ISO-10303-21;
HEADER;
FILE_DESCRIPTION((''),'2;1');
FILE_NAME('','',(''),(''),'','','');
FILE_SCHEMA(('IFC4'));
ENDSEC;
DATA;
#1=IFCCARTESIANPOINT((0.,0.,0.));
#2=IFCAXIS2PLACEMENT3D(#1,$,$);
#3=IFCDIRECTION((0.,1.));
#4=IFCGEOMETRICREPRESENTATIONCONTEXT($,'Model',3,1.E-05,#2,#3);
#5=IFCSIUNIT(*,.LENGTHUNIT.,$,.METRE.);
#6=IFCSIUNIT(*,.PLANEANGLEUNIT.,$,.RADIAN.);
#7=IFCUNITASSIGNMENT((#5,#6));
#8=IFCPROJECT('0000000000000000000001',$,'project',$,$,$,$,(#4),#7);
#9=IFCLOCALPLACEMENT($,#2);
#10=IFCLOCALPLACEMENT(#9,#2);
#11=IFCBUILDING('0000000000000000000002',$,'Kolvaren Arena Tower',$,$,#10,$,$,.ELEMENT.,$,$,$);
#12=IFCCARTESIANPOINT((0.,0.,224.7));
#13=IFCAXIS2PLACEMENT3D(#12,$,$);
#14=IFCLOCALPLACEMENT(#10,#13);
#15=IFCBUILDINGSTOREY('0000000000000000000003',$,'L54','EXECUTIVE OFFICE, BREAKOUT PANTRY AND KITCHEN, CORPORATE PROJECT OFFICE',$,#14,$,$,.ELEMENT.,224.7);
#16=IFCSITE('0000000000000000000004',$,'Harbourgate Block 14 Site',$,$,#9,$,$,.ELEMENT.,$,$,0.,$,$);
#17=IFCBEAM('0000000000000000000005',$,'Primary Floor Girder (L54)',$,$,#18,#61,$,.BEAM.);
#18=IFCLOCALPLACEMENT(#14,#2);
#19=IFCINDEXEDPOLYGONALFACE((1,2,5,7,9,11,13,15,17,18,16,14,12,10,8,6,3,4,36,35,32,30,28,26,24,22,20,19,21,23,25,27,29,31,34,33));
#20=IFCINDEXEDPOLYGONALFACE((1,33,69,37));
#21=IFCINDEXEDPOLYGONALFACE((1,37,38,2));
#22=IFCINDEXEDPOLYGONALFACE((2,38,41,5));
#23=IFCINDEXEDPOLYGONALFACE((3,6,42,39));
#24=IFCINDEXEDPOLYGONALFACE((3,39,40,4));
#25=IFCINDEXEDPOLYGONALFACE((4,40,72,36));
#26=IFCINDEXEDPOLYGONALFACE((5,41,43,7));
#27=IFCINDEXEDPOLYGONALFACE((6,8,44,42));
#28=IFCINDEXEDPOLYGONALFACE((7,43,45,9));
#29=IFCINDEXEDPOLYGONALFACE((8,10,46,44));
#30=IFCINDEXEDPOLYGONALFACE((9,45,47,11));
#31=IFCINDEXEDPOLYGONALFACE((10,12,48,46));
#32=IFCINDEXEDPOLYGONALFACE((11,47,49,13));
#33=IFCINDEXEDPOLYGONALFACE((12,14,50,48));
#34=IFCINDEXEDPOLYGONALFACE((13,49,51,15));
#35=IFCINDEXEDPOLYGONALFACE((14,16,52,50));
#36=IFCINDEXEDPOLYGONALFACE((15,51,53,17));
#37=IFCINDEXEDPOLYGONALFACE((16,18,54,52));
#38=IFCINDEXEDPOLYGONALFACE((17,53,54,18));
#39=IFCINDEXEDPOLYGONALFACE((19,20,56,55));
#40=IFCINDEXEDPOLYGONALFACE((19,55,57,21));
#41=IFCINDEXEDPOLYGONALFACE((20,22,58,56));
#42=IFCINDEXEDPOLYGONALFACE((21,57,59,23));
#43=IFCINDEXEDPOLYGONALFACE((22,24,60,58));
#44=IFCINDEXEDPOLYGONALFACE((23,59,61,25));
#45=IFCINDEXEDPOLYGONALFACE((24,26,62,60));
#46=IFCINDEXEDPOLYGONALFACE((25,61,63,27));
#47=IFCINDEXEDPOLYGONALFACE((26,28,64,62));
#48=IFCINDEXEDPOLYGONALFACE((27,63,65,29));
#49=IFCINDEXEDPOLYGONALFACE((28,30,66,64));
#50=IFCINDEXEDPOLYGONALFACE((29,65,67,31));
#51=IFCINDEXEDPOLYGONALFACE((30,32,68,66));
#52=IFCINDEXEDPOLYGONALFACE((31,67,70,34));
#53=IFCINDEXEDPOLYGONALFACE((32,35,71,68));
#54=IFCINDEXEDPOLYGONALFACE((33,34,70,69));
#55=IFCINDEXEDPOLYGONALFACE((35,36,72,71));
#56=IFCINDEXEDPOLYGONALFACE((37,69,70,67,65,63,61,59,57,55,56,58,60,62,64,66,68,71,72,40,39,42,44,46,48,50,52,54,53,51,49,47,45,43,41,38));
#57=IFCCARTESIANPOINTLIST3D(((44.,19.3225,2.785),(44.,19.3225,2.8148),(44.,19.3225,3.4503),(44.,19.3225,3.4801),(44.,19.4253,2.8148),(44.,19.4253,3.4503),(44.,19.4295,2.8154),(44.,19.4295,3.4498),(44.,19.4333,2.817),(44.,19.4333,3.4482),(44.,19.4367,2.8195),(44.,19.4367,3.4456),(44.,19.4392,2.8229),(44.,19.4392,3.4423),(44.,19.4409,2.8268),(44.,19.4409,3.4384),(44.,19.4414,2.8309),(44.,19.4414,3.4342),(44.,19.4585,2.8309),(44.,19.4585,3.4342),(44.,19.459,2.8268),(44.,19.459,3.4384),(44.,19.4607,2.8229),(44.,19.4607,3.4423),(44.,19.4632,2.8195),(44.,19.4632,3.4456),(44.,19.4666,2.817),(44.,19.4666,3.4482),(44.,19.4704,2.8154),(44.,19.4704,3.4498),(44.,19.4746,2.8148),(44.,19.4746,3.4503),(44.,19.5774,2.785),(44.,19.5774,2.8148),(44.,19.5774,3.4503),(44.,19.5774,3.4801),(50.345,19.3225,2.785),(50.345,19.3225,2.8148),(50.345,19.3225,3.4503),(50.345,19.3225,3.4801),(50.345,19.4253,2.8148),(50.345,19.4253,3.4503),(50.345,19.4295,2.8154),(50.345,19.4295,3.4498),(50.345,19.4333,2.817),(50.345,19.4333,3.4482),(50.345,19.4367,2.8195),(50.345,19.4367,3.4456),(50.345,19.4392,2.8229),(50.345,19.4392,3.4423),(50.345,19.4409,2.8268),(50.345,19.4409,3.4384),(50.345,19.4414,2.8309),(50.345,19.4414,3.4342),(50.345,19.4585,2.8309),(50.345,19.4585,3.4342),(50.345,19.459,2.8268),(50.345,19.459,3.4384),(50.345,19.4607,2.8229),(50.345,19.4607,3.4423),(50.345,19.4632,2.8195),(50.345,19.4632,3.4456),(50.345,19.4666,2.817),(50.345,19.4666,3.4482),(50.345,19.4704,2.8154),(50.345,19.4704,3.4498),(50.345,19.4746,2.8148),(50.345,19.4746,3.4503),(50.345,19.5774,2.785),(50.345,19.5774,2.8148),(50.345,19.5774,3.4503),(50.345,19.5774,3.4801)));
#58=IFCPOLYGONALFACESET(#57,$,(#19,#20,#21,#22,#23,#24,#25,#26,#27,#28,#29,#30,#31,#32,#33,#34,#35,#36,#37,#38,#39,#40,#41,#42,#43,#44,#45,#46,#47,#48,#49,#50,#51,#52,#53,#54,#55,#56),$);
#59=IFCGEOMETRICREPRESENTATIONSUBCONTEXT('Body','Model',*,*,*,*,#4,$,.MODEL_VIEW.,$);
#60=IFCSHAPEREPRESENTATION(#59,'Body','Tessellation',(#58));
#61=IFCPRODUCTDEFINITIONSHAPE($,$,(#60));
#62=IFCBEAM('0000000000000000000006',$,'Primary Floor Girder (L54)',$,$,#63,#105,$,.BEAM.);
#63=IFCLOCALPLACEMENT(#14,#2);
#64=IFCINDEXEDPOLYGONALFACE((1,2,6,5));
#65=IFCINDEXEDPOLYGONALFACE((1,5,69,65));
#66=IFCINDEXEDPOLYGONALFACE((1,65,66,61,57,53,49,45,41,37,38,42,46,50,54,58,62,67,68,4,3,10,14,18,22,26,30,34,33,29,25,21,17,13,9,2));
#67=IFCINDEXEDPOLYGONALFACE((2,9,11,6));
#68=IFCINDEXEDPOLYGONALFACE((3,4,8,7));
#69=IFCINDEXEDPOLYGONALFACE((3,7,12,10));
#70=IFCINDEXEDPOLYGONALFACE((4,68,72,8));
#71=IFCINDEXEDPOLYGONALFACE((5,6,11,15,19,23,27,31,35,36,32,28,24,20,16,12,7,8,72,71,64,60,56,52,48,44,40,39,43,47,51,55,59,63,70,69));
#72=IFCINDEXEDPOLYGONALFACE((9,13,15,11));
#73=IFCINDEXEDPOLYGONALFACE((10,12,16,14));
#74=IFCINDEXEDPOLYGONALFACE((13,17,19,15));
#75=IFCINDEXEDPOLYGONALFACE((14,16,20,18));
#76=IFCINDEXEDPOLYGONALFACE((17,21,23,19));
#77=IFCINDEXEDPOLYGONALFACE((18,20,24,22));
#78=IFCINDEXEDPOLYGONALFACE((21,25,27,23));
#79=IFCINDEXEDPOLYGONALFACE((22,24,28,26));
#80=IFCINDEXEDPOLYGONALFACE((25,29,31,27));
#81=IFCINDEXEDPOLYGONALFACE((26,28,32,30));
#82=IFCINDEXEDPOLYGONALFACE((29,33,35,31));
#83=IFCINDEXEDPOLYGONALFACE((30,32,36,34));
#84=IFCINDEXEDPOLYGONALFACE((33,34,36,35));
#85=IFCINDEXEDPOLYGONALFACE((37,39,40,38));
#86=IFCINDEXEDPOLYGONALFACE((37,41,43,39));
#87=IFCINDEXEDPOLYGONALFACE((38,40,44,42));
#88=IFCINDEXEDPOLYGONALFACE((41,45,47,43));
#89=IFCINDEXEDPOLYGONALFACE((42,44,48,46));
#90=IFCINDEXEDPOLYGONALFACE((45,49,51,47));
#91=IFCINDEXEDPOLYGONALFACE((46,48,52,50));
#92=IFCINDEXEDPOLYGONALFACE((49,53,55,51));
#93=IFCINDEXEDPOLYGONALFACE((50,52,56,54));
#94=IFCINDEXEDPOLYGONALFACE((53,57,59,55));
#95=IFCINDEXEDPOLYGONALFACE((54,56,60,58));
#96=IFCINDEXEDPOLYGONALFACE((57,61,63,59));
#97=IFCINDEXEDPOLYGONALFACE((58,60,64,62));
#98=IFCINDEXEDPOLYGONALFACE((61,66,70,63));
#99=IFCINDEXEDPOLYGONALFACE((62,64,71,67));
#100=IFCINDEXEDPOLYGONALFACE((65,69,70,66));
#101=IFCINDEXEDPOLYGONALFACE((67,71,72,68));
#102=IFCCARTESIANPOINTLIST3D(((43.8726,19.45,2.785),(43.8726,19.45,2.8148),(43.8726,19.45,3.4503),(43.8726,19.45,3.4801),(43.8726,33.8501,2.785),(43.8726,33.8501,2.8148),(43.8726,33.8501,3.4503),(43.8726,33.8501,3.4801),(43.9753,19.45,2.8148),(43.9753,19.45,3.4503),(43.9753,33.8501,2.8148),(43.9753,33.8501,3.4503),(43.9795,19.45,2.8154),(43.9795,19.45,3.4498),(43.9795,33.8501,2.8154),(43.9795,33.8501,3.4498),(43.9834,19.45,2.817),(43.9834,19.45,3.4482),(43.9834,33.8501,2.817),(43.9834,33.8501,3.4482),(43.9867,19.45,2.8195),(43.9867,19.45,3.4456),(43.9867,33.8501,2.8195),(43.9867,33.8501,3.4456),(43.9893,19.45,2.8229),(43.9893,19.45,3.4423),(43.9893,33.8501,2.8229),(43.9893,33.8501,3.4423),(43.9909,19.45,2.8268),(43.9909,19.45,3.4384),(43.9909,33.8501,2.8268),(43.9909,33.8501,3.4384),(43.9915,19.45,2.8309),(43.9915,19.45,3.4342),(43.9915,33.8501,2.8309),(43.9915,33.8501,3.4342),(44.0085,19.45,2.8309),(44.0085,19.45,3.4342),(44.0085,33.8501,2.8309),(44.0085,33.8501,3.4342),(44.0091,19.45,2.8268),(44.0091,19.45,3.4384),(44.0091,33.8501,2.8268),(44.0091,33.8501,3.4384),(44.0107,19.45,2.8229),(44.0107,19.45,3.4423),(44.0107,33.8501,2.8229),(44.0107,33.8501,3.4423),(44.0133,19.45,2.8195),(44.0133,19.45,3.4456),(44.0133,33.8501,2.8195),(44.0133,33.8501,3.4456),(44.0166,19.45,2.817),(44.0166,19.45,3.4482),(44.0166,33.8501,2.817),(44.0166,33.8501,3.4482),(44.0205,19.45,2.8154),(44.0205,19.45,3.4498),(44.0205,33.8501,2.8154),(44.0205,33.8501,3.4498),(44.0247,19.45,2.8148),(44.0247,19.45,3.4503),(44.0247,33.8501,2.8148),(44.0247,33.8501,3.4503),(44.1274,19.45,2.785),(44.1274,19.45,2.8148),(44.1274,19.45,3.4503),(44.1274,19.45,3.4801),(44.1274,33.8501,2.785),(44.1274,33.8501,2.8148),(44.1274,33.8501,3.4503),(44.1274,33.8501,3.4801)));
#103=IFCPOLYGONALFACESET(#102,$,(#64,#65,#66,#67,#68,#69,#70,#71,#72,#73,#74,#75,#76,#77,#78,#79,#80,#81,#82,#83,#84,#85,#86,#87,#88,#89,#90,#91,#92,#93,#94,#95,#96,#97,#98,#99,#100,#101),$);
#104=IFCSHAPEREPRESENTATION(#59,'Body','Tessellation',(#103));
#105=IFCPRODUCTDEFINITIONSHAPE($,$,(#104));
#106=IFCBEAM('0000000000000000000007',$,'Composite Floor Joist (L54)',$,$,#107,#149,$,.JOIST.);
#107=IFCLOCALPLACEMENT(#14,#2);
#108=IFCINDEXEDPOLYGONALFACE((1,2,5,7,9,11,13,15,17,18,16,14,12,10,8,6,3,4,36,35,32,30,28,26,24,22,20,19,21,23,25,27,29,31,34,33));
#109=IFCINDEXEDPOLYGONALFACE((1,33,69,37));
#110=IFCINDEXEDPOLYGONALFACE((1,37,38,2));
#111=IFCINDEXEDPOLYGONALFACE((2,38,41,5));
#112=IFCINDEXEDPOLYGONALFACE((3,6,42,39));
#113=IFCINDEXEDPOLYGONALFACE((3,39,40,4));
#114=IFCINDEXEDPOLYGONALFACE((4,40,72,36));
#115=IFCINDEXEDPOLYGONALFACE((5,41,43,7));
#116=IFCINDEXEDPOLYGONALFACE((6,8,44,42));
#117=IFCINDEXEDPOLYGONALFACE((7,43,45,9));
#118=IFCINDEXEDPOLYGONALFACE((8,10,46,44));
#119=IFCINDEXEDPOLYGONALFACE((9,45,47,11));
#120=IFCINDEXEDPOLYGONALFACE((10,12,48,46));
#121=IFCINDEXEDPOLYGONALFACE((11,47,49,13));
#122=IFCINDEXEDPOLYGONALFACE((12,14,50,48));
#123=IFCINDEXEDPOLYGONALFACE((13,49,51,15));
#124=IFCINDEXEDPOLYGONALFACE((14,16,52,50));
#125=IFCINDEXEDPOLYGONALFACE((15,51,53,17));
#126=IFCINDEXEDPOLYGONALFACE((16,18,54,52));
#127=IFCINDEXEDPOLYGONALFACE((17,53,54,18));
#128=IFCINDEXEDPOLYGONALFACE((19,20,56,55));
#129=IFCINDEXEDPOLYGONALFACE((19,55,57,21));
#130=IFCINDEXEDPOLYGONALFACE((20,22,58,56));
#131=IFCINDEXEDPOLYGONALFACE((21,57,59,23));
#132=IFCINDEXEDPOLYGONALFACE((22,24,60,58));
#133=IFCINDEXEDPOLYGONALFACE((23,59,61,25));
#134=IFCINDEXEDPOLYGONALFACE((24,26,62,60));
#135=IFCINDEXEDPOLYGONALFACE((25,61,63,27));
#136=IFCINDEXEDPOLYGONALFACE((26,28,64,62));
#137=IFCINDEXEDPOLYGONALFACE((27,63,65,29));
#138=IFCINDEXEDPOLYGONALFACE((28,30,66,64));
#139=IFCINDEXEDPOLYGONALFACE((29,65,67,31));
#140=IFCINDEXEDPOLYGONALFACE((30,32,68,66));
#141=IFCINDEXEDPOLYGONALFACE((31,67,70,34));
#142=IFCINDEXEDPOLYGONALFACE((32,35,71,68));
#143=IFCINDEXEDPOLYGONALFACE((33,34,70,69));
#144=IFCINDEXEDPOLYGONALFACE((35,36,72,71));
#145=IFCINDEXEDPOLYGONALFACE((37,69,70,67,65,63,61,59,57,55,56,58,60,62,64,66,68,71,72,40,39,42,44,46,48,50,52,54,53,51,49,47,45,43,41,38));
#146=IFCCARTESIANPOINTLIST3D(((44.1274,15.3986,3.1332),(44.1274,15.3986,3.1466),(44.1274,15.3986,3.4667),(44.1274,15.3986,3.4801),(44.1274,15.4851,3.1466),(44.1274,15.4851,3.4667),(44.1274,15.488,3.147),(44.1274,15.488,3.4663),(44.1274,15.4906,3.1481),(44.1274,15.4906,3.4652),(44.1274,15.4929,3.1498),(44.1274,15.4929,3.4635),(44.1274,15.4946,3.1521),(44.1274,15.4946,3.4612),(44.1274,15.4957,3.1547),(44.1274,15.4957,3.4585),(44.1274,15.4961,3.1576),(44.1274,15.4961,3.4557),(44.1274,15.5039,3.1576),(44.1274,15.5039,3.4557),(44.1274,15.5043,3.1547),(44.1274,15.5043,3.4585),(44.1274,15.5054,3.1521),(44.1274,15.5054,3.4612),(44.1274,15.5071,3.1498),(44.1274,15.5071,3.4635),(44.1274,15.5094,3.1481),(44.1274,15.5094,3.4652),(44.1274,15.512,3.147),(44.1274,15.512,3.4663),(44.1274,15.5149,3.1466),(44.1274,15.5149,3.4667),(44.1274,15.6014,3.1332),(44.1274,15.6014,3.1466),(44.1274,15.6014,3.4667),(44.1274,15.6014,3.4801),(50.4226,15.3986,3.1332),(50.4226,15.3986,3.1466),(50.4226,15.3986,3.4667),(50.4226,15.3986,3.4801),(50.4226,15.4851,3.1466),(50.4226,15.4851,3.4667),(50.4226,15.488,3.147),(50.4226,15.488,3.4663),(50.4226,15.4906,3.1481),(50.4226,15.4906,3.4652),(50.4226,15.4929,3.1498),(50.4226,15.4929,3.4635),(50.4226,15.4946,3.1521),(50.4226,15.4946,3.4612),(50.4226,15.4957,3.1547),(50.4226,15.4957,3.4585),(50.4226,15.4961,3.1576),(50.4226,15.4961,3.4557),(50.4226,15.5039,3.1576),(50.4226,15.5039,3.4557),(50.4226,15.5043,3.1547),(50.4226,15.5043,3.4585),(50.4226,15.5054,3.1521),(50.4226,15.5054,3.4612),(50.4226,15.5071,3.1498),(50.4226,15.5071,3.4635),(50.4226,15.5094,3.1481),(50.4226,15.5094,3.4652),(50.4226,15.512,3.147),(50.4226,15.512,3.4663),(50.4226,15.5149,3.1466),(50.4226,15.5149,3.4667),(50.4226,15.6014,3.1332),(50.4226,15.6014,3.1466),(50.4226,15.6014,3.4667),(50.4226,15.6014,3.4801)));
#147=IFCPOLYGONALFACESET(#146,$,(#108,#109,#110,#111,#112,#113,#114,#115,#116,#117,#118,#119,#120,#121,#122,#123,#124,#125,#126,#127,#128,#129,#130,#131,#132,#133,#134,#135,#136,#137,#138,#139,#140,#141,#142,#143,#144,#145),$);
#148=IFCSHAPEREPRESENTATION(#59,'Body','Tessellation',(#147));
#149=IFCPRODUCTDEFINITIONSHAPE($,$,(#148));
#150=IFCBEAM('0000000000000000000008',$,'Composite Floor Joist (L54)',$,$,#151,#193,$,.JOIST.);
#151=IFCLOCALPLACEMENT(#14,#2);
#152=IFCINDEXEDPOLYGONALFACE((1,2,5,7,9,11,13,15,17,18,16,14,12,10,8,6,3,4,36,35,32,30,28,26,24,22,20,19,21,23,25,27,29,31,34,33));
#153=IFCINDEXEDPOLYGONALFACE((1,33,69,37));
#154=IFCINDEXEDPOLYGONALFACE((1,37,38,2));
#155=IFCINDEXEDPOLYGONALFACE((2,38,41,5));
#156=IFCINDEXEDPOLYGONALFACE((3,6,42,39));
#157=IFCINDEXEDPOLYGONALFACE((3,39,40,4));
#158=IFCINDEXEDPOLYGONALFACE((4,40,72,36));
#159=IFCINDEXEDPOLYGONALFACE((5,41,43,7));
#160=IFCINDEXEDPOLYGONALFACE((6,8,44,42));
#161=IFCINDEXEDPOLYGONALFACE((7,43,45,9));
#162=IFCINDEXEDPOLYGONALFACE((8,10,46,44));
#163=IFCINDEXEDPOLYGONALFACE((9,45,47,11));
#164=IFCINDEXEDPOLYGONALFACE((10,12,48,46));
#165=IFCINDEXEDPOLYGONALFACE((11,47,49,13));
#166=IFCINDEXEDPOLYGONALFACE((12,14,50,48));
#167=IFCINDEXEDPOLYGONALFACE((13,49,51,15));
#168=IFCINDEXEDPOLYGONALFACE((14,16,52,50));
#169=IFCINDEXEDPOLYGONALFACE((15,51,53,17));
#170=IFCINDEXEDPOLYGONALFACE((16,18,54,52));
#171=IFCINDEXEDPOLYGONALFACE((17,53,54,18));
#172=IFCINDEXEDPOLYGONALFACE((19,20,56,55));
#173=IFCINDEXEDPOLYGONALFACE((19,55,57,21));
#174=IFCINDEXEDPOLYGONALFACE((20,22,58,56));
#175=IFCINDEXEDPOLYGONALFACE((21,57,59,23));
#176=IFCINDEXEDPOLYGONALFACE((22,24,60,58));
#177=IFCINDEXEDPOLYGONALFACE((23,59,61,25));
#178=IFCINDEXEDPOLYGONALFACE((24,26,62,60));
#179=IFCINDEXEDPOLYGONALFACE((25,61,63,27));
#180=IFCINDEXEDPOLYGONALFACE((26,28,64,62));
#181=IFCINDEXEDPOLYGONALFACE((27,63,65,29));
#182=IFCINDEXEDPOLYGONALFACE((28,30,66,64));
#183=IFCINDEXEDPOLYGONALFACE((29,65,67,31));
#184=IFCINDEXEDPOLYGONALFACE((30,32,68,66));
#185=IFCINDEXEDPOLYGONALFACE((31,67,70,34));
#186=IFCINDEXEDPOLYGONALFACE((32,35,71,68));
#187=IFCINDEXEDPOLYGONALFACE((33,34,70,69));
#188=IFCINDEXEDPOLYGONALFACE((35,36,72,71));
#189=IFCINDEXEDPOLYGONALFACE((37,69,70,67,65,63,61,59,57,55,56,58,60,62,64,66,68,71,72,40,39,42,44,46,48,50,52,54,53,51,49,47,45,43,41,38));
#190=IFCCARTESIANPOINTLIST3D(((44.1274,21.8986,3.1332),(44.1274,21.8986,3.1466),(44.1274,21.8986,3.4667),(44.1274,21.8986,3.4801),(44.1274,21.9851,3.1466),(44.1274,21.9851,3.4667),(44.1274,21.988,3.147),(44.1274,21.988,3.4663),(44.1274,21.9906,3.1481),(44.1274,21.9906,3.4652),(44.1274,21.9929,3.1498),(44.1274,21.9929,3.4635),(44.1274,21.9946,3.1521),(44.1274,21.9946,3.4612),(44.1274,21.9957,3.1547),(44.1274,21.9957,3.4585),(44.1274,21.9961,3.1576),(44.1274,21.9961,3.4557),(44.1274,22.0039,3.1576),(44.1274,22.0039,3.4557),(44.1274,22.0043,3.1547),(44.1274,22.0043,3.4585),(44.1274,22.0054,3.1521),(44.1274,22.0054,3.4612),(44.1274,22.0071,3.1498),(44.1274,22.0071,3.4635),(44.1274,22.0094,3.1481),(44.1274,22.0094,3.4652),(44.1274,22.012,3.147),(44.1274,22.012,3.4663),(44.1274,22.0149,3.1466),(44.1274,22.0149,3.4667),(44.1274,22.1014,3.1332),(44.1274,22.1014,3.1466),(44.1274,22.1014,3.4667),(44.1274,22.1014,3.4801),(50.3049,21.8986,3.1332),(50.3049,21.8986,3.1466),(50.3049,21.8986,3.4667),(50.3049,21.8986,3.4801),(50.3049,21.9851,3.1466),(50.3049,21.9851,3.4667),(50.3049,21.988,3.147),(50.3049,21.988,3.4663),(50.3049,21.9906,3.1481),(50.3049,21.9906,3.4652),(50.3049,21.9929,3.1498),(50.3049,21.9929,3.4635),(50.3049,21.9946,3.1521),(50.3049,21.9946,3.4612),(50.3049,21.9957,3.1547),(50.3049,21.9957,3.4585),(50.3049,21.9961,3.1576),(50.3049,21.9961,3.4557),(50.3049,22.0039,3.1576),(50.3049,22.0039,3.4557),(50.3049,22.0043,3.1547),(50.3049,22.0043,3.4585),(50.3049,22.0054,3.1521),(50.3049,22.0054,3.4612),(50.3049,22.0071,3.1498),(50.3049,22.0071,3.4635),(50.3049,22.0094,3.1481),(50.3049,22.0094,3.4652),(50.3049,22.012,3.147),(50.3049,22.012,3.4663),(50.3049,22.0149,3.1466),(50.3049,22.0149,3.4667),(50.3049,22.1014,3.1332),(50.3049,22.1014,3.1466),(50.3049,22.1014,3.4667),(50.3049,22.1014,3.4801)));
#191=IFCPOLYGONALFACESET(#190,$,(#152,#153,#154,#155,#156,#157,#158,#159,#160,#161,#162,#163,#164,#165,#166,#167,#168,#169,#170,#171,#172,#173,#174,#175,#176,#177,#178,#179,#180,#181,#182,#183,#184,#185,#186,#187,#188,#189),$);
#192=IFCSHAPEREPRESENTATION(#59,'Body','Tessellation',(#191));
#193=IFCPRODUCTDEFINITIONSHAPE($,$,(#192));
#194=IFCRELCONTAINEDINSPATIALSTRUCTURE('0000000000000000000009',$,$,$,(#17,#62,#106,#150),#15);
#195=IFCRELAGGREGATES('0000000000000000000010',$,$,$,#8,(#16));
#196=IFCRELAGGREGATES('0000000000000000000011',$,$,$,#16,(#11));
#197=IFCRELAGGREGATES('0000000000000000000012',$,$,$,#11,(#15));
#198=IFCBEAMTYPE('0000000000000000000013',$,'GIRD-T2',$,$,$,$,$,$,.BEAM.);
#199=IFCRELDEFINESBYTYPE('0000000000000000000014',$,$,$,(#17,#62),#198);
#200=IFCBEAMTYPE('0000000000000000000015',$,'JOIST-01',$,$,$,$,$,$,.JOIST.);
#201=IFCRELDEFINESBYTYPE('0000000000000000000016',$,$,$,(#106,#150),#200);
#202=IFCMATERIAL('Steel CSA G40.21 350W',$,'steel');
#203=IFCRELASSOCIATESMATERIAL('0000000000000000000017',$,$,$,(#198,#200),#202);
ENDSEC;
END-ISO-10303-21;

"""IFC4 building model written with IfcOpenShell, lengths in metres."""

from ifc_helpers import new_model, si_unit, direction, frame, origin, origin_2d, place, context, subcontext, project, spatial, i_section, extrude, material, material_profile, profile_set, type_object, element, save


model = new_model("IFC4")

# Units and contexts
model_context = context("Model", 3, precision=1e-05, world=origin(), true_north=direction((0.0, 1.0)))
body_context = subcontext(model_context, "Body", "Model", "MODEL_VIEW")
ifc_project = project(units=[si_unit("LENGTHUNIT", "METRE"), si_unit("PLANEANGLEUNIT", "RADIAN")], contexts=[model_context])

# Site, building, storey
site_placement = place(None, origin())
site = spatial("IfcSite", under=ifc_project, at=site_placement, Name="Harbourgate Block 14 Site", CompositionType="ELEMENT", RefElevation=0.0)
building_placement = place(site_placement, origin())
building = spatial("IfcBuilding", under=site, at=building_placement, Name="Kolvaren Arena Tower", CompositionType="ELEMENT")
storey_placement = place(building_placement, frame((0.0, 0.0, 224.7)))
storey = spatial("IfcBuildingStorey", under=building, at=storey_placement, Name="L54", Description="EXECUTIVE OFFICE, BREAKOUT PANTRY AND KITCHEN, CORPORATE PROJECT OFFICE", CompositionType="ELEMENT", Elevation=224.7)

# Beams
ifc_material_1 = material(Name="Steel CSA G40.21 350W", Category="steel")
ifc_material_profile_1 = material_profile(ifc_material_1, i_section(OverallWidth=0.2549, OverallDepth=0.6951, WebThickness=0.0171, FlangeThickness=0.0298, FilletRadius=0.0161, at=origin_2d()), Name="W690x217")
ifc_profile_set_1 = profile_set([ifc_material_profile_1], Name="Steel CSA G40.21 350W")
beam_type_1 = type_object("IfcBeamType", Name="GIRD-T2", PredefinedType="BEAM", material=ifc_profile_set_1)
beam_1_placement = place(storey_placement, frame((44.0, 19.45, 3.1326), z_axis=(1.0, 0.0, 0.0), x_axis=(0.0, 1.0, 0.0)))
element("IfcBeam", 1, at=beam_1_placement, inside=storey, type_object=beam_type_1, Name="Primary Floor Girder (L54)", PredefinedType="BEAM", context=body_context, shape_type="SweptSolid", body=[
    extrude(i_section(OverallWidth=0.2549, OverallDepth=0.6951, WebThickness=0.0171, FlangeThickness=0.0298, FilletRadius=0.0161, at=origin_2d()), origin(), (0.0, 0.0, 1.0), 6.345),
])
beam_2_placement = place(storey_placement, frame((44.0, 19.45, 3.1326), z_axis=(0.0, 1.0, 0.0), x_axis=(-1.0, 0.0, 0.0)))
element("IfcBeam", 2, at=beam_2_placement, inside=storey, type_object=beam_type_1, Name="Primary Floor Girder (L54)", PredefinedType="BEAM", context=body_context, shape_type="SweptSolid", body=[
    extrude(i_section(OverallWidth=0.2549, OverallDepth=0.6951, WebThickness=0.0171, FlangeThickness=0.0298, FilletRadius=0.0161, at=origin_2d()), origin(), (0.0, 0.0, 1.0), 14.4001),
])
ifc_material_profile_2 = material_profile(ifc_material_1, i_section(OverallWidth=0.2029, OverallDepth=0.3469, WebThickness=0.0078, FlangeThickness=0.0134, FilletRadius=0.011, at=origin_2d()), Name="W360x64")
ifc_profile_set_2 = profile_set([ifc_material_profile_2], Name="Steel CSA G40.21 350W")
beam_type_2 = type_object("IfcBeamType", Name="JOIST-01", PredefinedType="JOIST", material=ifc_profile_set_2)
beam_3_placement = place(storey_placement, frame((44.1274, 15.5, 3.3066), z_axis=(1.0, 0.0, 0.0), x_axis=(0.0, 1.0, 0.0)))
element("IfcBeam", 3, at=beam_3_placement, inside=storey, type_object=beam_type_2, Name="Composite Floor Joist (L54)", PredefinedType="JOIST", context=body_context, shape_type="SweptSolid", body=[
    extrude(i_section(OverallWidth=0.2029, OverallDepth=0.3469, WebThickness=0.0078, FlangeThickness=0.0134, FilletRadius=0.011, at=origin_2d()), origin(), (0.0, 0.0, 1.0), 6.2952),
])
beam_4_placement = place(storey_placement, frame((44.1274, 22.0, 3.3066), z_axis=(1.0, 0.0, 0.0), x_axis=(0.0, 1.0, 0.0)))
element("IfcBeam", 4, at=beam_4_placement, inside=storey, type_object=beam_type_2, Name="Composite Floor Joist (L54)", PredefinedType="JOIST", context=body_context, shape_type="SweptSolid", body=[
    extrude(i_section(OverallWidth=0.2029, OverallDepth=0.3469, WebThickness=0.0078, FlangeThickness=0.0134, FilletRadius=0.011, at=origin_2d()), origin(), (0.0, 0.0, 1.0), 6.1775),
])

save(model, "model.ifc")
